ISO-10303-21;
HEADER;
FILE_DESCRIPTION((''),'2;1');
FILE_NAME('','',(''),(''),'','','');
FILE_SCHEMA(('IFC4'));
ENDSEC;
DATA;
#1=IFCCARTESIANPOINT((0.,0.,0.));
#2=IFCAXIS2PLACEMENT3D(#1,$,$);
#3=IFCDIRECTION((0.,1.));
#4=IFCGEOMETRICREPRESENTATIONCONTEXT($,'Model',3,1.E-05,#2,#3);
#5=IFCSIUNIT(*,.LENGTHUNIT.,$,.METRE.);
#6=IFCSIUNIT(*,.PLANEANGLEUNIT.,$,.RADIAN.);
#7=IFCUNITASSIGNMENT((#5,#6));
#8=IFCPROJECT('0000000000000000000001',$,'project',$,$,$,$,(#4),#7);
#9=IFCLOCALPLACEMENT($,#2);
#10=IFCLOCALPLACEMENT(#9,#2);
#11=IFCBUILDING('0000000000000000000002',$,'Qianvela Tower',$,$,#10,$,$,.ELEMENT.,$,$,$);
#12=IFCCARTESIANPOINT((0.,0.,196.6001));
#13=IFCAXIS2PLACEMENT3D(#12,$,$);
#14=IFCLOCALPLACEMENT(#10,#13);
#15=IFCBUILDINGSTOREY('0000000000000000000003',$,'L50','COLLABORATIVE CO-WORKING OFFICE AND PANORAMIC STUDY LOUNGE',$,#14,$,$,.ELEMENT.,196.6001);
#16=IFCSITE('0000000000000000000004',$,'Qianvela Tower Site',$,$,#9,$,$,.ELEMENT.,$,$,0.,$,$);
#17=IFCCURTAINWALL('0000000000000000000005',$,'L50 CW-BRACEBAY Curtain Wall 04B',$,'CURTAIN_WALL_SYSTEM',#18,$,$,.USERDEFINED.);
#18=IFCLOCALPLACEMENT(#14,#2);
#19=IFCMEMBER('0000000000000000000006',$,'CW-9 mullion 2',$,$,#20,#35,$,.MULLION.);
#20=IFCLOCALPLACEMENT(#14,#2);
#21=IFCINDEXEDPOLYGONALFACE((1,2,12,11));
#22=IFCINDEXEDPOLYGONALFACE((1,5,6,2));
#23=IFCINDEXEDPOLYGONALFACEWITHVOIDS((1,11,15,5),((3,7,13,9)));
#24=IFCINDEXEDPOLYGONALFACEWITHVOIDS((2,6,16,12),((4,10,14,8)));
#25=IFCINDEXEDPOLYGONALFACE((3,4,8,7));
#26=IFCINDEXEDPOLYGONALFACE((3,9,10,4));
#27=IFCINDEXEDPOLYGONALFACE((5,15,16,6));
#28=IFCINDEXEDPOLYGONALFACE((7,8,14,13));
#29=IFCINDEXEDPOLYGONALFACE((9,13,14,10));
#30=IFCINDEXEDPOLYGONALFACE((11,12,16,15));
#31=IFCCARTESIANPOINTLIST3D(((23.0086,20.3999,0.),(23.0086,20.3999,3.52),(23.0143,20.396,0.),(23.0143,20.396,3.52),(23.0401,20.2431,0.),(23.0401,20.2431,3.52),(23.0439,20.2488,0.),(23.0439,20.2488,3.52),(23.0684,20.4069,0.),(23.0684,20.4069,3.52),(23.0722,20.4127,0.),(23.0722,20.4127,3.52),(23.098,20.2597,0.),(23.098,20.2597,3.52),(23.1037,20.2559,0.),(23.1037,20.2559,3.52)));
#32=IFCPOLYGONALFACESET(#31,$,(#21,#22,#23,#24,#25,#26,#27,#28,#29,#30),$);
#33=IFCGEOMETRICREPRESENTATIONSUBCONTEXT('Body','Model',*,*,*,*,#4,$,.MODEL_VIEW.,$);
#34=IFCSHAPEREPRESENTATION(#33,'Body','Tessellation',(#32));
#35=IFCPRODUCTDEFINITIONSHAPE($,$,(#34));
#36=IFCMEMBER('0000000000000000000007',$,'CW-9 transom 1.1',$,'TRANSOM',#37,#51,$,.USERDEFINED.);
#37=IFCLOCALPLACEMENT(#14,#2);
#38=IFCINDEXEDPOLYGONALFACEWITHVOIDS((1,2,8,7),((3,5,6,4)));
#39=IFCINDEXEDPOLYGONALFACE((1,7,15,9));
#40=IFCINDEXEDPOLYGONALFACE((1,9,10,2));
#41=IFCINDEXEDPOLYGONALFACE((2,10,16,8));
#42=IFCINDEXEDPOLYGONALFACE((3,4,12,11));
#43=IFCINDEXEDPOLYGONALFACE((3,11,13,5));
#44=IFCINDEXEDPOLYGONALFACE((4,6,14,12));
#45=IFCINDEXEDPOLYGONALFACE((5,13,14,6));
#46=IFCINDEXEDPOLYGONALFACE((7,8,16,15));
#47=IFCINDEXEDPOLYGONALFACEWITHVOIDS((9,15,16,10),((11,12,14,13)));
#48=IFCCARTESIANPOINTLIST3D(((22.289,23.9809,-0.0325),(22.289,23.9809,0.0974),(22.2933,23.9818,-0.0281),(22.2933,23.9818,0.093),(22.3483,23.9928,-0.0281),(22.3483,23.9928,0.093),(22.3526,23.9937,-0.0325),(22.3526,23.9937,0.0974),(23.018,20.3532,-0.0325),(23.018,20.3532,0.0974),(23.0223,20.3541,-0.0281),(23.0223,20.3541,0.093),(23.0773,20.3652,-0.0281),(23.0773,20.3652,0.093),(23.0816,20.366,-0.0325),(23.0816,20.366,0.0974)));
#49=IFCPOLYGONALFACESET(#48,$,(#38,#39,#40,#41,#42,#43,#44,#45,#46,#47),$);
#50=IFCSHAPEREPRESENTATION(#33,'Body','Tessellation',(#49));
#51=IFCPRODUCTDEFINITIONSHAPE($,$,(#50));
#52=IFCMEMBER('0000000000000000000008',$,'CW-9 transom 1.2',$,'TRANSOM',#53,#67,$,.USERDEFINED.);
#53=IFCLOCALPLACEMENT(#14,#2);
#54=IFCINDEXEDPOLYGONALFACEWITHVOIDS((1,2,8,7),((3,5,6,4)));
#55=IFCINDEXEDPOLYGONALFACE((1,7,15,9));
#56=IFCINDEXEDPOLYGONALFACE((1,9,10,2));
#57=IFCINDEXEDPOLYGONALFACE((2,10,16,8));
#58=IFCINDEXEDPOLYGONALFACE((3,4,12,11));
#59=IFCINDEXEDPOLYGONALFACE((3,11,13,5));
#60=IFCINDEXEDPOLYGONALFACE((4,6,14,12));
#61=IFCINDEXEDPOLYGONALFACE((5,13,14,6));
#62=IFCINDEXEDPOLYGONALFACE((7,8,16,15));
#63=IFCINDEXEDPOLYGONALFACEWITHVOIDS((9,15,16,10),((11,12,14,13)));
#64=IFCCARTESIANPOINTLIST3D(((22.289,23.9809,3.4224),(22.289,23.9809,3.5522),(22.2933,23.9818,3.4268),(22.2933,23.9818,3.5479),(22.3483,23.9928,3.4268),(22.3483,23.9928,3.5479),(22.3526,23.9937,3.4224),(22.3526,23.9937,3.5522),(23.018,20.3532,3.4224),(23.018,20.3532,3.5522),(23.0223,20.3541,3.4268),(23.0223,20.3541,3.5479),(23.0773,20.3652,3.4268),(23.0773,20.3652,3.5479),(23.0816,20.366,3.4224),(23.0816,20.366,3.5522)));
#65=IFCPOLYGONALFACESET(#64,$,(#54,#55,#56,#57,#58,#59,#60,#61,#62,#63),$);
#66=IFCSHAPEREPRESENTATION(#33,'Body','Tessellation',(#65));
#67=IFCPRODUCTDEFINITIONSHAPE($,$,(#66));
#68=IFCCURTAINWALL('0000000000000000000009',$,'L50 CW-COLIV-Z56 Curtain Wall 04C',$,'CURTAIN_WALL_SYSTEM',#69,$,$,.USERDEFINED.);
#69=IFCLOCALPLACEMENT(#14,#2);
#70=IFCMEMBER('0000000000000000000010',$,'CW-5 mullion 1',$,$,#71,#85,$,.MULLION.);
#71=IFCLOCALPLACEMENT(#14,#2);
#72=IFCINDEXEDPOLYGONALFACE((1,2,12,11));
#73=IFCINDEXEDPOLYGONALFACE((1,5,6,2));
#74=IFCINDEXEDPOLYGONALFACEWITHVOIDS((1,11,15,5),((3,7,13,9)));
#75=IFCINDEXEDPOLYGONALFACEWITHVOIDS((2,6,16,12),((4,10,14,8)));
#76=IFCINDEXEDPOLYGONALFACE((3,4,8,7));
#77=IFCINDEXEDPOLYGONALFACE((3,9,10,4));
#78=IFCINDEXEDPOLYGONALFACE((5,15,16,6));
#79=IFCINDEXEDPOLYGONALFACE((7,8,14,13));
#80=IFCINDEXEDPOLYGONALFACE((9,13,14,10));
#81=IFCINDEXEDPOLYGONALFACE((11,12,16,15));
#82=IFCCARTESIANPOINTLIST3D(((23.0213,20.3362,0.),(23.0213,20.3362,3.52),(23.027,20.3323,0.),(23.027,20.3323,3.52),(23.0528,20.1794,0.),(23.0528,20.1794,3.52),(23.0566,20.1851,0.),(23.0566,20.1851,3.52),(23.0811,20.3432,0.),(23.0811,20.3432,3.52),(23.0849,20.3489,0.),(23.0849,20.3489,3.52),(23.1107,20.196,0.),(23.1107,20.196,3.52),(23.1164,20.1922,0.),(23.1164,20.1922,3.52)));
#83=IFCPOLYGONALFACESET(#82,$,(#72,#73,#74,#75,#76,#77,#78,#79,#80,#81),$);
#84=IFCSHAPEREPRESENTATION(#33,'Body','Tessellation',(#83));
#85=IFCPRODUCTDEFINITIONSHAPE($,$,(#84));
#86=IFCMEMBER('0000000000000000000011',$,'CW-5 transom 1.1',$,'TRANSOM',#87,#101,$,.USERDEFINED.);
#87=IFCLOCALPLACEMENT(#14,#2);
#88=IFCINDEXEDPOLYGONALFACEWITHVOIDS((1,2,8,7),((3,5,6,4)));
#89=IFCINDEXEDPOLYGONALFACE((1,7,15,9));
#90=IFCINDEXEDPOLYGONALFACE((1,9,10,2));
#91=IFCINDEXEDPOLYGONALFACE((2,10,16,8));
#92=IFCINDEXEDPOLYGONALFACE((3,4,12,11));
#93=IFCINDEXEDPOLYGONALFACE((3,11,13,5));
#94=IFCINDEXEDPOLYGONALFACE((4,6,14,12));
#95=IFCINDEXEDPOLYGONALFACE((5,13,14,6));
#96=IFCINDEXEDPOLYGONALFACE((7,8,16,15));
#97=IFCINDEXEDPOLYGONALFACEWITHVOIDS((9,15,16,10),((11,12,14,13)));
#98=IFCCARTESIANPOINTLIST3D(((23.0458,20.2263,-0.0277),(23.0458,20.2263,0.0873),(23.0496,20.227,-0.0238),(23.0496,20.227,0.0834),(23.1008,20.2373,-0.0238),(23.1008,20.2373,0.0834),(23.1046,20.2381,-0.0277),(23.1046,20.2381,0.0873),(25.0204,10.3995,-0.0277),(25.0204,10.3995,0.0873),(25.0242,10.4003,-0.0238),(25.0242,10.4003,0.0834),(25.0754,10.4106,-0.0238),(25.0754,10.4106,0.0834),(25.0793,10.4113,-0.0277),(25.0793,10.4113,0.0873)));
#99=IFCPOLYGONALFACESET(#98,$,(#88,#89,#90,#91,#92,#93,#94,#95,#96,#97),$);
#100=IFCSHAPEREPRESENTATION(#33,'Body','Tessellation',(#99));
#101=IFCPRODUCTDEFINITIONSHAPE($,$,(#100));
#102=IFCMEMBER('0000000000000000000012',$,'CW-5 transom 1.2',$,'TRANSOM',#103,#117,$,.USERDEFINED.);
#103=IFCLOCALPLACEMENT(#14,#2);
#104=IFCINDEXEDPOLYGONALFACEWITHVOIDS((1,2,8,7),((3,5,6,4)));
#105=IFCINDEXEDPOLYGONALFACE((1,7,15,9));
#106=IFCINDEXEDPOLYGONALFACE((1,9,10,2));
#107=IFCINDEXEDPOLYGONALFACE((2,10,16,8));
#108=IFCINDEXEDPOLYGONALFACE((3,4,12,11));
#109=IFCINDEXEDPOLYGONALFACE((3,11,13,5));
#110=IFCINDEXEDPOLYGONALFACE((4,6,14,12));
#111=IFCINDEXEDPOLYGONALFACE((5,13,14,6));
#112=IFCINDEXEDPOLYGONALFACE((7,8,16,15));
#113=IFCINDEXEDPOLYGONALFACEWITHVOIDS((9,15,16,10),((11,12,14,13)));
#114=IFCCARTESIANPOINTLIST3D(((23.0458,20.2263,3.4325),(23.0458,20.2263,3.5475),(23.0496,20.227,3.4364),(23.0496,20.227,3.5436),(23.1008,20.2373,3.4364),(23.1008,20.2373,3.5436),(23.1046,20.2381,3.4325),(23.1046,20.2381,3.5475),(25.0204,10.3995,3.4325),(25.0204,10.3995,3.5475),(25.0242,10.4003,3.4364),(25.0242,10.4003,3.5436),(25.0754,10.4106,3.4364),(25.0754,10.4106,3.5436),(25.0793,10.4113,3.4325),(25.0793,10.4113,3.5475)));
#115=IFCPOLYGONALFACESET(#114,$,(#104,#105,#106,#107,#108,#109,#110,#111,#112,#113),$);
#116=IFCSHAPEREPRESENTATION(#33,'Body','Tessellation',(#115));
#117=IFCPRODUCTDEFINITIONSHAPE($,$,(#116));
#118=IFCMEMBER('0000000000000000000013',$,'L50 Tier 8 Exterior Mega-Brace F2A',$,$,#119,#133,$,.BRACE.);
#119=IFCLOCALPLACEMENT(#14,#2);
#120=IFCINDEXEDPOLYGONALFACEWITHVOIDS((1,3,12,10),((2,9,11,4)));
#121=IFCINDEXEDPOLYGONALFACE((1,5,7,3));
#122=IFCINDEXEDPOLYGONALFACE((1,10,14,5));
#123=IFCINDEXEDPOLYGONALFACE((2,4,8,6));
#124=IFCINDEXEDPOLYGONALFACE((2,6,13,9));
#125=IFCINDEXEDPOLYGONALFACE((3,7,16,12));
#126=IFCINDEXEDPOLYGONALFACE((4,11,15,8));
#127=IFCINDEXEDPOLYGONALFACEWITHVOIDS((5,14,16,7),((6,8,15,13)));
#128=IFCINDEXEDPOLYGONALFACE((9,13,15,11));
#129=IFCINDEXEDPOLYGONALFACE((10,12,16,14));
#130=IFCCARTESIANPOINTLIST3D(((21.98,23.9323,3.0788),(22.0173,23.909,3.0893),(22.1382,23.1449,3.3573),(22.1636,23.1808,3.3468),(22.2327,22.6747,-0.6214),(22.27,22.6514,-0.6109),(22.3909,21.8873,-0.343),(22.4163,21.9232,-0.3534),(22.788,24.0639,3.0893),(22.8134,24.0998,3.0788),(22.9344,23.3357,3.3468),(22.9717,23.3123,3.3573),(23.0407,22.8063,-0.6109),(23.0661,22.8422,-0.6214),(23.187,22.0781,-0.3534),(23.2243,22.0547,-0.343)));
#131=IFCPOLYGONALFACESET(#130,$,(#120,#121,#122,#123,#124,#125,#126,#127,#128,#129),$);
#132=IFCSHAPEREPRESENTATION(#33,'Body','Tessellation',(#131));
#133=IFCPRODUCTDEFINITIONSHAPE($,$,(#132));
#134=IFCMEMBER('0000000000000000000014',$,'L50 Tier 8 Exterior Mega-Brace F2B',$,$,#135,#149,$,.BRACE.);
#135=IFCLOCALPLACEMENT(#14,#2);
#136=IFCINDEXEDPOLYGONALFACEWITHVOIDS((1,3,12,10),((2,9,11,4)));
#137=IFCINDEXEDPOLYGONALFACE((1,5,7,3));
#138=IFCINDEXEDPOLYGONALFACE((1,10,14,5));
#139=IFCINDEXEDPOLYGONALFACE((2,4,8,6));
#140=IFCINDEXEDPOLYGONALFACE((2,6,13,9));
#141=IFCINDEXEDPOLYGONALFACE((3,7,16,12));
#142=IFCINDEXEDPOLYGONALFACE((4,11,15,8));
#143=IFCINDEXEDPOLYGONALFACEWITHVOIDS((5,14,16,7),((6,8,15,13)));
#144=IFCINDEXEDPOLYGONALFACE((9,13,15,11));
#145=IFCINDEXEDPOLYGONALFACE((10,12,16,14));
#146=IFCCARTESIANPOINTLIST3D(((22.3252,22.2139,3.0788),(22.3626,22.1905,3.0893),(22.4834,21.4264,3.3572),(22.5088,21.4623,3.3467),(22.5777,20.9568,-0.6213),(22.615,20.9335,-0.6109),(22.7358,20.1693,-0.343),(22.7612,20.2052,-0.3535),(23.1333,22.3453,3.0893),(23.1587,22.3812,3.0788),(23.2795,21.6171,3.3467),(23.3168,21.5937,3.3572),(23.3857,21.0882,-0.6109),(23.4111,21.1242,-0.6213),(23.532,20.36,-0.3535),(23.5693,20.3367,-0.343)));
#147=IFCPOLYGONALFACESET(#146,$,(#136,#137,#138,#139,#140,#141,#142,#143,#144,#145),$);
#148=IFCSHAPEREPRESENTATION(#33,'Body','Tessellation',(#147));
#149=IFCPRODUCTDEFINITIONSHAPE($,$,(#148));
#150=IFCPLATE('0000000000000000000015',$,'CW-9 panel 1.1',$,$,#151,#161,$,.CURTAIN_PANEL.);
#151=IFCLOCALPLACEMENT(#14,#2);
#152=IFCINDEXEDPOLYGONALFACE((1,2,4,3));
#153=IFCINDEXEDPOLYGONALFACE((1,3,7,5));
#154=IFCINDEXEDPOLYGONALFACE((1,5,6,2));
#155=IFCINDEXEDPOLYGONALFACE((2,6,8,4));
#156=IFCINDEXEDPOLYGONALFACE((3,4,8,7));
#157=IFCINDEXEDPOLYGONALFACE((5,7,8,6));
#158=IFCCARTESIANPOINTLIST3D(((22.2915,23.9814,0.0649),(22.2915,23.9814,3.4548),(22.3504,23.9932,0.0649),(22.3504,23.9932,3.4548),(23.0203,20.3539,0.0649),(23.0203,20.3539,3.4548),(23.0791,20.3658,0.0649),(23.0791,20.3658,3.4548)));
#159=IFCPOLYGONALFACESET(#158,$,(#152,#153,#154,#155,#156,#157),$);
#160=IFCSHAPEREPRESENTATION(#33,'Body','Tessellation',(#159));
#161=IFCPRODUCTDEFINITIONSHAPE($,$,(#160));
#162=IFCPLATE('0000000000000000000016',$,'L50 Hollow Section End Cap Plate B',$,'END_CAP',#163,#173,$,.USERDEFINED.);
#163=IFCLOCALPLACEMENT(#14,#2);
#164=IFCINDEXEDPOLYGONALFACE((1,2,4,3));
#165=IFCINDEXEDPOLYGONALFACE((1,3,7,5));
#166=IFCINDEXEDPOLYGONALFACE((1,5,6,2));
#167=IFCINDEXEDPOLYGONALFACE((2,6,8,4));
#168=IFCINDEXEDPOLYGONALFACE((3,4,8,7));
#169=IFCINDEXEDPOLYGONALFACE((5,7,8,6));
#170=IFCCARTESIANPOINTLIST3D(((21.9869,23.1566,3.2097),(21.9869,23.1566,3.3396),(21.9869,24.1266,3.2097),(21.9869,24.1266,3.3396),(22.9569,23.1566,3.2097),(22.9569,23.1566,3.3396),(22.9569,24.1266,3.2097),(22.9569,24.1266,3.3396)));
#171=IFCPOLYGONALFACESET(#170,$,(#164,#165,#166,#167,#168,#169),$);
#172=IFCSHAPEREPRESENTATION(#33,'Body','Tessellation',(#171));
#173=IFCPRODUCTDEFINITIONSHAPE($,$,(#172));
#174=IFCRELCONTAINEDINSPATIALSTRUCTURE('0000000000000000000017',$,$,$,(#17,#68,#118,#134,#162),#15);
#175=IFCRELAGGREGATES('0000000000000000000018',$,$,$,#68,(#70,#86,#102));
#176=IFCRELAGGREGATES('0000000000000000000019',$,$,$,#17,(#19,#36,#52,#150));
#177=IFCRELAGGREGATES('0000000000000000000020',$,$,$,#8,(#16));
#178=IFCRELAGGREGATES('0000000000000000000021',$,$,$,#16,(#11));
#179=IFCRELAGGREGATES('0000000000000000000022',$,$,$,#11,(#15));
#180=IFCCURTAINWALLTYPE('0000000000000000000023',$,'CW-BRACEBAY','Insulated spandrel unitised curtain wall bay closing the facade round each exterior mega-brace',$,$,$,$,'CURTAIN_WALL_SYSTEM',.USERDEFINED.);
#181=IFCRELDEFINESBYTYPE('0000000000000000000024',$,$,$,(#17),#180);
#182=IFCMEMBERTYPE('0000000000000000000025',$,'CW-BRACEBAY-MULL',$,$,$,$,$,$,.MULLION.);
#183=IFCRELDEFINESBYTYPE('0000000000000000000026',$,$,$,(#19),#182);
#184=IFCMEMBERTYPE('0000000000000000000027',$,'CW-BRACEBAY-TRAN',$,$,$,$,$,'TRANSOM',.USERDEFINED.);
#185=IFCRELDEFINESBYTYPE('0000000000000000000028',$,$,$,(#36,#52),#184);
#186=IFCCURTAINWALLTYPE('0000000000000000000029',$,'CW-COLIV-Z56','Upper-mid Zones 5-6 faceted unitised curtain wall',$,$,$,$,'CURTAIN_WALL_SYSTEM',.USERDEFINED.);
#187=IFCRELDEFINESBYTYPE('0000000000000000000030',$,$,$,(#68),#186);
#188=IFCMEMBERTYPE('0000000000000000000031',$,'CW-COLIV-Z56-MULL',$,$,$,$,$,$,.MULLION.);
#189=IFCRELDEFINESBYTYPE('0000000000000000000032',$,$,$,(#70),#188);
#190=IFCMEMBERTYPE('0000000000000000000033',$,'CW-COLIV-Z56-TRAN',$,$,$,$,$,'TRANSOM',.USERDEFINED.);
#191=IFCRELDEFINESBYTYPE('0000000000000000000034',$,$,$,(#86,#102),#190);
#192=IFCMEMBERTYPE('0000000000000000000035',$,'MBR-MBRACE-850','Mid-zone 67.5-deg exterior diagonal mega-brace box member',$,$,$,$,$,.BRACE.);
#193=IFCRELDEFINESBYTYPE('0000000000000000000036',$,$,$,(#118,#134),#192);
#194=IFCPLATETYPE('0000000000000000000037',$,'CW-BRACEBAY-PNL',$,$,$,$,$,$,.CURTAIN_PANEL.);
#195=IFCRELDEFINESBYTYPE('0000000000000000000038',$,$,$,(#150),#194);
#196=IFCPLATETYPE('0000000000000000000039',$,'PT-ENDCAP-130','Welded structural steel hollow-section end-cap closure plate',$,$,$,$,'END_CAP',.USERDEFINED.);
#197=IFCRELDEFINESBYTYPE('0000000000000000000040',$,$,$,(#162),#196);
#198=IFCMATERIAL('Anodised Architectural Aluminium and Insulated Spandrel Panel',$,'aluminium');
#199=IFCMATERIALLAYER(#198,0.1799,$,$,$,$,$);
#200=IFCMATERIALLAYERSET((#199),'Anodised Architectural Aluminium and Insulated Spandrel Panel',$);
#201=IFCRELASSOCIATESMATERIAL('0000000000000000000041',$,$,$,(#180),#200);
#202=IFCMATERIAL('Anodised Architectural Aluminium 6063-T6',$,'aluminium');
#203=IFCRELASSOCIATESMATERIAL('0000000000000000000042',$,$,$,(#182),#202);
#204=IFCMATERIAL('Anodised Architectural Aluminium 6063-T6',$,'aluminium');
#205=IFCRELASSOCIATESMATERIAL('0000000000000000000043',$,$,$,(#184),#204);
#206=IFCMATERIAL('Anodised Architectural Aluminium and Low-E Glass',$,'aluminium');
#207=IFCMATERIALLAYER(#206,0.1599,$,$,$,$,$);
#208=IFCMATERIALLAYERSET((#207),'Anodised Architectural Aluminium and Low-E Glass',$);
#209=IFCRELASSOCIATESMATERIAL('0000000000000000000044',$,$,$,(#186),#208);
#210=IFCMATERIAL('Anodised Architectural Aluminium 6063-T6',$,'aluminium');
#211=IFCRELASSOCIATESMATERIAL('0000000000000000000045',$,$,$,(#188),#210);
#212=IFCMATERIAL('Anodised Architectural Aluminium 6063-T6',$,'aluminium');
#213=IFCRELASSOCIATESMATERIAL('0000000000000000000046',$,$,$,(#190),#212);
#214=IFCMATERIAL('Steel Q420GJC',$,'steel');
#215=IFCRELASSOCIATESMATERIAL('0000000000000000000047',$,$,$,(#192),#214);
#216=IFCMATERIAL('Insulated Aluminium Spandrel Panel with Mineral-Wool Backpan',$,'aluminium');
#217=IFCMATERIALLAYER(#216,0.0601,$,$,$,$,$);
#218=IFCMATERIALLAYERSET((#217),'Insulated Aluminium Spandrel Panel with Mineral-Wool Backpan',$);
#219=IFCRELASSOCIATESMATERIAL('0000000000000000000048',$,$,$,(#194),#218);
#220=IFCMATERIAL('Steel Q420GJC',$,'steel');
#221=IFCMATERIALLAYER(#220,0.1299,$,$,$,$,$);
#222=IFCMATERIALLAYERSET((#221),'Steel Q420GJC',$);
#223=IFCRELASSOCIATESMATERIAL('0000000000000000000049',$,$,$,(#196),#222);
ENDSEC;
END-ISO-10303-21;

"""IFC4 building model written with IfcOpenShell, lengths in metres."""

from ifc_helpers import new_model, si_unit, direction, frame, origin, origin_2d, place, context, subcontext, project, spatial, rectangle, hollow_rectangle, extrude, material, layer, layer_set, material_profile, profile_set, type_object, element, aggregate, save


model = new_model("IFC4")

# Units and contexts
model_context = context("Model", 3, precision=1e-05, world=origin(), true_north=direction((0.0, 1.0)))
body_context = subcontext(model_context, "Body", "Model", "MODEL_VIEW")
ifc_project = project(units=[si_unit("LENGTHUNIT", "METRE"), si_unit("PLANEANGLEUNIT", "RADIAN")], contexts=[model_context])

# Site, building, storey
site_placement = place(None, origin())
site = spatial("IfcSite", under=ifc_project, at=site_placement, Name="Qianvela Tower Site", CompositionType="ELEMENT", RefElevation=0.0)
building_placement = place(site_placement, origin())
building = spatial("IfcBuilding", under=site, at=building_placement, Name="Qianvela Tower", CompositionType="ELEMENT")
storey_placement = place(building_placement, frame((0.0, 0.0, 196.6001)))
storey = spatial("IfcBuildingStorey", under=building, at=storey_placement, Name="L50", Description="COLLABORATIVE CO-WORKING OFFICE AND PANORAMIC STUDY LOUNGE", CompositionType="ELEMENT", Elevation=196.6001)

# Curtain walls, members
ifc_material_1 = material(Name="Anodised Architectural Aluminium and Insulated Spandrel Panel", Category="aluminium")
ifc_layer_1 = layer(ifc_material_1, 0.1799)
ifc_layer_set_1 = layer_set([ifc_layer_1], Name="Anodised Architectural Aluminium and Insulated Spandrel Panel")
curtain_wall_type_1 = type_object("IfcCurtainWallType", Name="CW-BRACEBAY", Description="Insulated spandrel unitised curtain wall bay closing the facade round each exterior mega-brace", ElementType="CURTAIN_WALL_SYSTEM", PredefinedType="USERDEFINED", material=ifc_layer_set_1)
curtain_wall_1_placement = place(storey_placement, origin())
curtain_wall_1 = element("IfcCurtainWall", 1, at=curtain_wall_1_placement, inside=storey, type_object=curtain_wall_type_1, Name="L50 CW-BRACEBAY Curtain Wall 04B", ObjectType="CURTAIN_WALL_SYSTEM", PredefinedType="USERDEFINED")
ifc_material_2 = material(Name="Anodised Architectural Aluminium 6063-T6", Category="aluminium")
ifc_material_profile_1 = material_profile(ifc_material_2, hollow_rectangle(XDim=0.0649, YDim=0.1599, WallThickness=0.0049, at=origin_2d()), Name="ALU-MULL-65x160")
ifc_profile_set_1 = profile_set([ifc_material_profile_1], Name="Anodised Architectural Aluminium 6063-T6")
member_type_1 = type_object("IfcMemberType", Name="CW-BRACEBAY-MULL", PredefinedType="MULLION", material=ifc_profile_set_1)
member_1_placement = place(storey_placement, frame((23.0562, 20.3279, 0.0), z_axis=(0.0, 0.0, 1.0), x_axis=(0.98041, 0.19697, 0.0)))
member_1 = element("IfcMember", 2, at=member_1_placement, type_object=member_type_1, Name="CW-9 mullion 2", PredefinedType="MULLION", context=body_context, shape_type="SweptSolid", body=[
    extrude(hollow_rectangle(XDim=0.0649, YDim=0.1599, WallThickness=0.0049, at=origin_2d()), origin(), (0.0, 0.0, 1.0), 3.52),
])
ifc_material_3 = material(Name="Anodised Architectural Aluminium 6063-T6", Category="aluminium")
ifc_material_profile_2 = material_profile(ifc_material_3, hollow_rectangle(XDim=0.0649, YDim=0.1299, WallThickness=0.0044, at=origin_2d()), Name="ALU-TRAN-65x130")
ifc_profile_set_2 = profile_set([ifc_material_profile_2], Name="Anodised Architectural Aluminium 6063-T6")
member_type_2 = type_object("IfcMemberType", Name="CW-BRACEBAY-TRAN", ElementType="TRANSOM", PredefinedType="USERDEFINED", material=ifc_profile_set_2)
member_2_placement = place(storey_placement, frame((22.3208, 23.9873, 0.0325), z_axis=(0.197017, -0.9804, 0.0), x_axis=(0.9804, 0.197017, 0.0)))
member_2 = element("IfcMember", 3, at=member_2_placement, type_object=member_type_2, Name="CW-9 transom 1.1", ObjectType="TRANSOM", PredefinedType="USERDEFINED", context=body_context, shape_type="SweptSolid", body=[
    extrude(hollow_rectangle(XDim=0.0649, YDim=0.1299, WallThickness=0.0044, at=origin_2d()), origin(), (0.0, 0.0, 1.0), 3.7002),
])
member_3_placement = place(storey_placement, frame((22.3208, 23.9873, 3.4873), z_axis=(0.197017, -0.9804, 0.0), x_axis=(0.9804, 0.197017, 0.0)))
member_3 = element("IfcMember", 4, at=member_3_placement, type_object=member_type_2, Name="CW-9 transom 1.2", ObjectType="TRANSOM", PredefinedType="USERDEFINED", context=body_context, shape_type="SweptSolid", body=[
    extrude(hollow_rectangle(XDim=0.0649, YDim=0.1299, WallThickness=0.0044, at=origin_2d()), origin(), (0.0, 0.0, 1.0), 3.7002),
])
ifc_material_4 = material(Name="Anodised Architectural Aluminium and Low-E Glass", Category="aluminium")
ifc_layer_2 = layer(ifc_material_4, 0.1599)
ifc_layer_set_2 = layer_set([ifc_layer_2], Name="Anodised Architectural Aluminium and Low-E Glass")
curtain_wall_type_2 = type_object("IfcCurtainWallType", Name="CW-COLIV-Z56", Description="Upper-mid Zones 5-6 faceted unitised curtain wall", ElementType="CURTAIN_WALL_SYSTEM", PredefinedType="USERDEFINED", material=ifc_layer_set_2)
curtain_wall_2_placement = place(storey_placement, origin())
curtain_wall_2 = element("IfcCurtainWall", 5, at=curtain_wall_2_placement, inside=storey, type_object=curtain_wall_type_2, Name="L50 CW-COLIV-Z56 Curtain Wall 04C", ObjectType="CURTAIN_WALL_SYSTEM", PredefinedType="USERDEFINED")
ifc_material_5 = material(Name="Anodised Architectural Aluminium 6063-T6", Category="aluminium")
ifc_material_profile_3 = material_profile(ifc_material_5, hollow_rectangle(XDim=0.0649, YDim=0.1599, WallThickness=0.0049, at=origin_2d()), Name="ALU-MULL-65x160")
ifc_profile_set_3 = profile_set([ifc_material_profile_3], Name="Anodised Architectural Aluminium 6063-T6")
member_type_3 = type_object("IfcMemberType", Name="CW-COLIV-Z56-MULL", PredefinedType="MULLION", material=ifc_profile_set_3)
member_4_placement = place(storey_placement, frame((23.0688, 20.2642, 0.0), z_axis=(0.0, 0.0, 1.0), x_axis=(0.980407, 0.196984, 0.0)))
member_4 = element("IfcMember", 6, at=member_4_placement, type_object=member_type_3, Name="CW-5 mullion 1", PredefinedType="MULLION", context=body_context, shape_type="SweptSolid", body=[
    extrude(hollow_rectangle(XDim=0.0649, YDim=0.1599, WallThickness=0.0049, at=origin_2d()), origin(), (0.0, 0.0, 1.0), 3.52),
])
ifc_material_6 = material(Name="Anodised Architectural Aluminium 6063-T6", Category="aluminium")
ifc_material_profile_4 = material_profile(ifc_material_6, hollow_rectangle(XDim=0.0601, YDim=0.115, WallThickness=0.0039, at=origin_2d()), Name="ALU-TRAN-60x115")
ifc_profile_set_4 = profile_set([ifc_material_profile_4], Name="Anodised Architectural Aluminium 6063-T6")
member_type_4 = type_object("IfcMemberType", Name="CW-COLIV-Z56-TRAN", ElementType="TRANSOM", PredefinedType="USERDEFINED", material=ifc_profile_set_4)
member_5_placement = place(storey_placement, frame((23.0752, 20.2322, 0.0298), z_axis=(0.197006, -0.980402, 0.0), x_axis=(0.980402, 0.197006, 0.0)))
member_5 = element("IfcMember", 7, at=member_5_placement, type_object=member_type_4, Name="CW-5 transom 1.1", ObjectType="TRANSOM", PredefinedType="USERDEFINED", context=body_context, shape_type="SweptSolid", body=[
    extrude(hollow_rectangle(XDim=0.0601, YDim=0.115, WallThickness=0.0039, at=origin_2d()), origin(), (0.0, 0.0, 1.0), 10.0232),
])
member_6_placement = place(storey_placement, frame((23.0752, 20.2322, 3.49), z_axis=(0.197006, -0.980402, 0.0), x_axis=(0.980402, 0.197006, 0.0)))
member_6 = element("IfcMember", 8, at=member_6_placement, type_object=member_type_4, Name="CW-5 transom 1.2", ObjectType="TRANSOM", PredefinedType="USERDEFINED", context=body_context, shape_type="SweptSolid", body=[
    extrude(hollow_rectangle(XDim=0.0601, YDim=0.115, WallThickness=0.0039, at=origin_2d()), origin(), (0.0, 0.0, 1.0), 10.0232),
])
aggregate(curtain_wall_2, [member_4, member_5, member_6])

# Members
ifc_material_7 = material(Name="Steel Q420GJC", Category="steel")
ifc_material_profile_5 = material_profile(ifc_material_7, hollow_rectangle(XDim=0.8501, YDim=0.8501, WallThickness=0.032, at=origin_2d()), Name="MBOX-850x850x32")
ifc_profile_set_5 = profile_set([ifc_material_profile_5], Name="Steel Q420GJC")
member_type_5 = type_object("IfcMemberType", Name="MBR-MBRACE-850", Description="Mid-zone 67.5-deg exterior diagonal mega-brace box member", PredefinedType="BRACE", material=ifc_profile_set_5)
member_7_placement = place(storey_placement, frame((22.7285, 22.3647, -0.4822), z_axis=(-0.064523, 0.321118, 0.944839), x_axis=(-0.980405, -0.196995, 0.0)))
element("IfcMember", 9, at=member_7_placement, inside=storey, type_object=member_type_5, Name="L50 Tier 8 Exterior Mega-Brace F2A", PredefinedType="BRACE", context=body_context, shape_type="SweptSolid", body=[
    extrude(hollow_rectangle(XDim=0.8501, YDim=0.8501, WallThickness=0.032, at=origin_2d()), origin(), (0.0, 0.0, 1.0), 3.9163),
])
member_8_placement = place(storey_placement, frame((23.0735, 20.6467, -0.4822), z_axis=(-0.064463, 0.321007, 0.94488), x_axis=(-0.980427, -0.196885, 0.0)))
element("IfcMember", 10, at=member_8_placement, inside=storey, type_object=member_type_5, Name="L50 Tier 8 Exterior Mega-Brace F2B", PredefinedType="BRACE", context=body_context, shape_type="SweptSolid", body=[
    extrude(hollow_rectangle(XDim=0.8501, YDim=0.8501, WallThickness=0.032, at=origin_2d()), origin(), (0.0, 0.0, 1.0), 3.916),
])

# Plate
ifc_material_8 = material(Name="Insulated Aluminium Spandrel Panel with Mineral-Wool Backpan", Category="aluminium")
ifc_layer_3 = layer(ifc_material_8, 0.0601)
ifc_layer_set_3 = layer_set([ifc_layer_3], Name="Insulated Aluminium Spandrel Panel with Mineral-Wool Backpan")
plate_type_1 = type_object("IfcPlateType", Name="CW-BRACEBAY-PNL", PredefinedType="CURTAIN_PANEL", material=ifc_layer_set_3)
plate_placement = place(storey_placement, frame((22.6853, 22.1736, 0.0649), z_axis=(0.0, 0.0, 1.0), x_axis=(0.19697, -0.98041, 0.0)))
plate = element("IfcPlate", 11, at=plate_placement, type_object=plate_type_1, Name="CW-9 panel 1.1", PredefinedType="CURTAIN_PANEL", context=body_context, shape_type="SweptSolid", body=[
    extrude(rectangle(XDim=3.7, YDim=0.0601, at=origin_2d()), origin(), (0.0, 0.0, 1.0), 3.3899),
])
aggregate(curtain_wall_1, [member_1, member_2, member_3, plate])

# Plate
ifc_material_9 = material(Name="Steel Q420GJC", Category="steel")
ifc_layer_4 = layer(ifc_material_9, 0.1299)
ifc_layer_set_4 = layer_set([ifc_layer_4], Name="Steel Q420GJC")
plate_type_2 = type_object("IfcPlateType", Name="PT-ENDCAP-130", Description="Welded structural steel hollow-section end-cap closure plate", ElementType="END_CAP", PredefinedType="USERDEFINED", material=ifc_layer_set_4)
for number, where, z_axis, x_axis, name in (
    (12, (22.4719, 23.6416, 3.2097), (0.0, 0.0, 1.0), (1.0, 0.0, 0.0), "L50 Hollow Section End Cap Plate B"),
):
    element("IfcPlate", number, at=place(storey_placement, frame(where, z_axis=z_axis, x_axis=x_axis)), inside=storey, type_object=plate_type_2, Name=name, ObjectType="END_CAP", PredefinedType="USERDEFINED", context=body_context, shape_type="SweptSolid", body=[
        extrude(rectangle(XDim=0.97, YDim=0.97, at=origin_2d()), origin(), (0.0, 0.0, 1.0), 0.1299),
    ])

save(model, "model.ifc")
